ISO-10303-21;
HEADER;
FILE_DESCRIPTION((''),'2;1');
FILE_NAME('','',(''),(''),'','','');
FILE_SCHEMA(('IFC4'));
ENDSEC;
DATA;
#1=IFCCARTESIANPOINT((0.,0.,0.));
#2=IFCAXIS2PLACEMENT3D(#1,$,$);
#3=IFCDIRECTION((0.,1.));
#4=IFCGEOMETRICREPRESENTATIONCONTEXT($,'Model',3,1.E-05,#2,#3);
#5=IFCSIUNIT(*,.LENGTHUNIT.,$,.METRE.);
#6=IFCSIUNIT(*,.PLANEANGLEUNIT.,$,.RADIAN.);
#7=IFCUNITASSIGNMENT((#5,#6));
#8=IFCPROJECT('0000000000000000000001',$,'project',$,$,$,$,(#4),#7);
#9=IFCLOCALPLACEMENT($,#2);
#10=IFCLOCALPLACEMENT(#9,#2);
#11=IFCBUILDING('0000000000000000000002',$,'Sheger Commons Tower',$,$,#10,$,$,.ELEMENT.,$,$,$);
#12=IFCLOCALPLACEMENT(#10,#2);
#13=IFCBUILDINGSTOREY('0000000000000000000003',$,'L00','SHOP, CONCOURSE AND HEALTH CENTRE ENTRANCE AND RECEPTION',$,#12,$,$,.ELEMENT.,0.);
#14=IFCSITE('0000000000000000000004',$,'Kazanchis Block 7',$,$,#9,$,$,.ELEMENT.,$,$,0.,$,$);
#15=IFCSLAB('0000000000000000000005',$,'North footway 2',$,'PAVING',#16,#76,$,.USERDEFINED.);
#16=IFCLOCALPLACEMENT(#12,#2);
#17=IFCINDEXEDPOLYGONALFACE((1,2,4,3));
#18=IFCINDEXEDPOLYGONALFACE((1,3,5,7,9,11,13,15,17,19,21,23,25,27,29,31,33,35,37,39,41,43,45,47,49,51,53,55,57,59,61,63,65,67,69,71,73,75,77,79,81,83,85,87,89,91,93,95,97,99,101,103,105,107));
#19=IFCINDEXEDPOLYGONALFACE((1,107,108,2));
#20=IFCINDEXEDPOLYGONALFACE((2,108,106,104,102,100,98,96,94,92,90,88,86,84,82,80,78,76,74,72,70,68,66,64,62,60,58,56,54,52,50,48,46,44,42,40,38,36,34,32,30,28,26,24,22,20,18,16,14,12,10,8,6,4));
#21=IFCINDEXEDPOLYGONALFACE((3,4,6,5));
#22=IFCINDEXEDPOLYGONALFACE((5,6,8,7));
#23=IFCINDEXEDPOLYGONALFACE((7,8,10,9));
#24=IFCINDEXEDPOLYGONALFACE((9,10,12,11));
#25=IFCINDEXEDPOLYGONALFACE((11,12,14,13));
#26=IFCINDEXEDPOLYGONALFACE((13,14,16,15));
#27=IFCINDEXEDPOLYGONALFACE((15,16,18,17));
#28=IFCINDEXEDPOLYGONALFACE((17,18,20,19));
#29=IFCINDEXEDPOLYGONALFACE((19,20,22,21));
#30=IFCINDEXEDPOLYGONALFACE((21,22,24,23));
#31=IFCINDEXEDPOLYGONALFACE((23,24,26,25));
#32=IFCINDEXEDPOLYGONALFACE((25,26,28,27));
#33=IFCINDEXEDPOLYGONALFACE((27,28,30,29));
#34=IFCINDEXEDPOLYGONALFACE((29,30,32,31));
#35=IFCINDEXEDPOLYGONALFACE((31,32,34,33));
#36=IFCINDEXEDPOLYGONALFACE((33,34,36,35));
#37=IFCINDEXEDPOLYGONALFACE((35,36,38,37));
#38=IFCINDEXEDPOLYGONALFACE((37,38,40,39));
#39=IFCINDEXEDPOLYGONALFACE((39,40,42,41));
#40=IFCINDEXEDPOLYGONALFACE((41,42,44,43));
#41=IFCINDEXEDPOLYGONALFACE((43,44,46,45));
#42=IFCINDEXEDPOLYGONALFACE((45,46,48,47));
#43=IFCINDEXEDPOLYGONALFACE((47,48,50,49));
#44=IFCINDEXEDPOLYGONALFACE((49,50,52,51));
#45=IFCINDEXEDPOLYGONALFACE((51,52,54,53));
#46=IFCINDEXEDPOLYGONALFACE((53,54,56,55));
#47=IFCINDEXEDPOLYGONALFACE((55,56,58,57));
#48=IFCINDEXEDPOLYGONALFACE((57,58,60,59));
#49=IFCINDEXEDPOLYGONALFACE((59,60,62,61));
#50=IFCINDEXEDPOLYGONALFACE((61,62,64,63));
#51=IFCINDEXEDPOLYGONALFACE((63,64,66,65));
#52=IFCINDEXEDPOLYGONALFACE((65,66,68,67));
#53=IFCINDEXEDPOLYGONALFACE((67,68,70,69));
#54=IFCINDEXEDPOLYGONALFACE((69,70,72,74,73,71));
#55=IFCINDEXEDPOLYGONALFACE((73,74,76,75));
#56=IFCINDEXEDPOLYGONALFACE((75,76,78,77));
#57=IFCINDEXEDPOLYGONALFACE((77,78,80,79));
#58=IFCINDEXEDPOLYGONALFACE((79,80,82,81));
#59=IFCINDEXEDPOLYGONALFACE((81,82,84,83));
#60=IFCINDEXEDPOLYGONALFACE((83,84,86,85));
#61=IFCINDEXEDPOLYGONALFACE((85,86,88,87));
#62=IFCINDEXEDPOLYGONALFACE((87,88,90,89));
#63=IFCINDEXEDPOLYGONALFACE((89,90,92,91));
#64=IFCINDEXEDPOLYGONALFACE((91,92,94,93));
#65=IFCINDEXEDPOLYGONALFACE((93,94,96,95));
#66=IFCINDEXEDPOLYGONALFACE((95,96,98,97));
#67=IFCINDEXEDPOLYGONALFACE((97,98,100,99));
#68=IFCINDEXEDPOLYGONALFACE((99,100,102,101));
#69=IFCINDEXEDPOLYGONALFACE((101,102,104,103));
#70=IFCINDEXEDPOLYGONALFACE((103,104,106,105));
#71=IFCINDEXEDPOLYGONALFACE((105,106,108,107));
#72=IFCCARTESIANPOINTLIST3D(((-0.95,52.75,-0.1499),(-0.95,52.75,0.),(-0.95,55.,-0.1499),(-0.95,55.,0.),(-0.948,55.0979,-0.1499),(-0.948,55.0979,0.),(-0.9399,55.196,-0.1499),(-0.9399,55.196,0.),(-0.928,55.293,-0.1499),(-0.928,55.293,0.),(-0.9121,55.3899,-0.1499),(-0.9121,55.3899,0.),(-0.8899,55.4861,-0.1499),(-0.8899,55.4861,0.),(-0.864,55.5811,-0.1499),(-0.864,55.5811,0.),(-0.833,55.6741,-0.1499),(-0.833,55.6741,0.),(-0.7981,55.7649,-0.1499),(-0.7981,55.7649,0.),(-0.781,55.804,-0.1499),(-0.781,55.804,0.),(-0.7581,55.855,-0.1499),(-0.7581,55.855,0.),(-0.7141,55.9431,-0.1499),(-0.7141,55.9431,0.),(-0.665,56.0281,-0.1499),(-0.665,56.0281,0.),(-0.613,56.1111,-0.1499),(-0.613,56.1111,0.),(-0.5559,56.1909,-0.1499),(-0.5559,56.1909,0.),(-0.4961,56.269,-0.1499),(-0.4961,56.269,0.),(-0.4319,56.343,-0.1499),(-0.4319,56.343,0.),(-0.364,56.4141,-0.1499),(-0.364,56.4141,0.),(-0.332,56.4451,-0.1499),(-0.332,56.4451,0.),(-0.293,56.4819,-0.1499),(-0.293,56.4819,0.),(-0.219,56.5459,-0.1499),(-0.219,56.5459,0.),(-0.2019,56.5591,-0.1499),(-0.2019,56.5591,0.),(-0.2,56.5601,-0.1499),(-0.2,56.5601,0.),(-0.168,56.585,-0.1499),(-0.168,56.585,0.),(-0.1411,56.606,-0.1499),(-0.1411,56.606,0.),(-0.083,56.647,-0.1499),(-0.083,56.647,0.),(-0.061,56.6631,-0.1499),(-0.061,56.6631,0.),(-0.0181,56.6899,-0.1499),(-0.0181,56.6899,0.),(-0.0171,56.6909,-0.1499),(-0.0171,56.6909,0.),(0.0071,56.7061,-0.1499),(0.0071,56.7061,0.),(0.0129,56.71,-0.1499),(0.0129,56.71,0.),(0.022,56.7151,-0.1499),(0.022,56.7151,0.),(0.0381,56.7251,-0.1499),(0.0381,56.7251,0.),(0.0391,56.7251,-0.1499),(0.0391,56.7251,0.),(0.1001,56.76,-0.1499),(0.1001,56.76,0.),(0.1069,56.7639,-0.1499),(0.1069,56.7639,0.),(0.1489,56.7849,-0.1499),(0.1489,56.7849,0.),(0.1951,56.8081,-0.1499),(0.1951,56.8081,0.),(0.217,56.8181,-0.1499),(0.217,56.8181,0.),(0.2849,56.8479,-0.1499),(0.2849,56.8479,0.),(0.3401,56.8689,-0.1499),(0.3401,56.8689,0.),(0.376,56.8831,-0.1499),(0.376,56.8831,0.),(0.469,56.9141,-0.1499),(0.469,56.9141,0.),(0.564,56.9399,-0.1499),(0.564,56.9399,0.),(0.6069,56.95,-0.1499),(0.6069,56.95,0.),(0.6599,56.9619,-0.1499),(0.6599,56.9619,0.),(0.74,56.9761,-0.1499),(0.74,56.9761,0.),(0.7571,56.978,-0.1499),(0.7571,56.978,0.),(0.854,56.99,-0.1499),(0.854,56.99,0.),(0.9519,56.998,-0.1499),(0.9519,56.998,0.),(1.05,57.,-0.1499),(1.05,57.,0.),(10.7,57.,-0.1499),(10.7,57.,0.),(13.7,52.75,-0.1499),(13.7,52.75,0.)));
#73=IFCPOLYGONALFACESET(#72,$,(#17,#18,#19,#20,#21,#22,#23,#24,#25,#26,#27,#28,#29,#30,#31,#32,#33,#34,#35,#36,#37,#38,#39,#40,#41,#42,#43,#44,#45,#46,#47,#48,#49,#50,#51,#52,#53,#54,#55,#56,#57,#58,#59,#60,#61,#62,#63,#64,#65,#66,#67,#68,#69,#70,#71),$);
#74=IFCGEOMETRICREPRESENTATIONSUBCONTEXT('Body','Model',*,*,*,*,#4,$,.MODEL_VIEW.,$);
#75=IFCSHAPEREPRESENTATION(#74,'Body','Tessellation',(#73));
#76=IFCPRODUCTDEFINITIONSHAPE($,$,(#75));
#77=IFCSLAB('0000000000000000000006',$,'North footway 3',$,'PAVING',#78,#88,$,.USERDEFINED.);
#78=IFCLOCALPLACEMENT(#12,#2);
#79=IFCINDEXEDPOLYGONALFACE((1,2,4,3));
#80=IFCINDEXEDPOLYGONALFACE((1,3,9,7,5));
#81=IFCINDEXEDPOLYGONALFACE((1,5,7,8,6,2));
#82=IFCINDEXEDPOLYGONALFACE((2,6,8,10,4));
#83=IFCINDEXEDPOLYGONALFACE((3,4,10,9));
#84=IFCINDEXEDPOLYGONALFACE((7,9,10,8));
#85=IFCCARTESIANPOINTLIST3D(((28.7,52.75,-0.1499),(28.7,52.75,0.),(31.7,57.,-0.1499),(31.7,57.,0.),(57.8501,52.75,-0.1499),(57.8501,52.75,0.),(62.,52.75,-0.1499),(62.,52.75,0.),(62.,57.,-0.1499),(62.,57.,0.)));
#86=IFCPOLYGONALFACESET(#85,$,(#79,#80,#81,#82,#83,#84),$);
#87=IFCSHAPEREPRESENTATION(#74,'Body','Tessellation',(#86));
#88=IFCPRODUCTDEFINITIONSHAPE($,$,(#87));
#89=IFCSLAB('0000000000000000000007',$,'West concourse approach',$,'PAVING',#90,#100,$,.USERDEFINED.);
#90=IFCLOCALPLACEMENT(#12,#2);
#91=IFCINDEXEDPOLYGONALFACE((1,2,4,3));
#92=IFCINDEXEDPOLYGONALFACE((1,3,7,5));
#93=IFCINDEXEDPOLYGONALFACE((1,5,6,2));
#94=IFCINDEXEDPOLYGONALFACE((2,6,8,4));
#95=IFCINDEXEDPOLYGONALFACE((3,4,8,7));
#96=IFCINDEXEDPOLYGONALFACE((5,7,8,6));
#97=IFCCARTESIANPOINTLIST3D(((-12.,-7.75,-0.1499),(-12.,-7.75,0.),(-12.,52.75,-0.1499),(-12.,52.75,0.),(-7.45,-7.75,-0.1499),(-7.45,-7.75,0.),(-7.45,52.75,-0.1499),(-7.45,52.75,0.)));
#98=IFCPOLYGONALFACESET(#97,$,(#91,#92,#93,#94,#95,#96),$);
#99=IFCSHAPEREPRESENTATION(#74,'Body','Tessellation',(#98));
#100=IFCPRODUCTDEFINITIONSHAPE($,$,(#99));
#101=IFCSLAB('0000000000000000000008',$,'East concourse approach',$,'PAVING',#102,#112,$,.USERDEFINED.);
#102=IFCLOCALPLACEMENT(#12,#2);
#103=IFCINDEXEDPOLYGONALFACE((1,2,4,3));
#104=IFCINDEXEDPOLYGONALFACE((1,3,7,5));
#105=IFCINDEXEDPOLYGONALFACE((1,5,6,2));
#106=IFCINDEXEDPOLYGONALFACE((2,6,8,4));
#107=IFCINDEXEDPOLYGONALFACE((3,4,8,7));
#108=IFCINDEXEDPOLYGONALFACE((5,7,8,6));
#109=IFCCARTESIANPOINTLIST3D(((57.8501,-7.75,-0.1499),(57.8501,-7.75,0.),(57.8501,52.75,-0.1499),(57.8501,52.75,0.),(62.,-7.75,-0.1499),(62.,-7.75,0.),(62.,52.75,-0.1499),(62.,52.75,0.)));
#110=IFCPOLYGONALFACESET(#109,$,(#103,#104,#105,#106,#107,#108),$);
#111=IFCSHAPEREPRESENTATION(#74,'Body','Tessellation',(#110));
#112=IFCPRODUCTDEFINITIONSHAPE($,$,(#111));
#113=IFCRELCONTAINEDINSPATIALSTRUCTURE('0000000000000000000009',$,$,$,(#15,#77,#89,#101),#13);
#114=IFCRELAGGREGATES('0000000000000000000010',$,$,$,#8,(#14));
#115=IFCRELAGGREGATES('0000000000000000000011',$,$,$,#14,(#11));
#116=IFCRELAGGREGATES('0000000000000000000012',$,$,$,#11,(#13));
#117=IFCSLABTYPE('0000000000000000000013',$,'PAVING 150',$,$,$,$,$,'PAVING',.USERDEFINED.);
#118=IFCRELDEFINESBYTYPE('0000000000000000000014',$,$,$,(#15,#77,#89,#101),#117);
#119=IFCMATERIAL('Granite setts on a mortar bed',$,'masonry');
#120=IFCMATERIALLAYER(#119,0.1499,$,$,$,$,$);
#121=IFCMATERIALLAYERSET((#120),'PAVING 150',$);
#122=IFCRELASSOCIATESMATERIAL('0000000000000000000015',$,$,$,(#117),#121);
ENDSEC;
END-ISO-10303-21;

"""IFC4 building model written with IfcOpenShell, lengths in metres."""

from ifc_helpers import new_model, si_unit, direction, frame, origin, place, context, subcontext, project, spatial, polyline, outline, extrude, material, layer, layer_set, type_object, element, save


model = new_model("IFC4")

# Units and contexts
model_context = context("Model", 3, precision=1e-05, world=origin(), true_north=direction((0.0, 1.0)))
body_context = subcontext(model_context, "Body", "Model", "MODEL_VIEW")
ifc_project = project(units=[si_unit("LENGTHUNIT", "METRE"), si_unit("PLANEANGLEUNIT", "RADIAN")], contexts=[model_context])

# Site, building, storey
site_placement = place(None, origin())
site = spatial("IfcSite", under=ifc_project, at=site_placement, Name="Kazanchis Block 7", CompositionType="ELEMENT", RefElevation=0.0)
building_placement = place(site_placement, origin())
building = spatial("IfcBuilding", under=site, at=building_placement, Name="Sheger Commons Tower", CompositionType="ELEMENT")
storey_placement = place(building_placement, origin())
storey = spatial("IfcBuildingStorey", under=building, at=storey_placement, Name="L00", Description="SHOP, CONCOURSE AND HEALTH CENTRE ENTRANCE AND RECEPTION", CompositionType="ELEMENT", Elevation=0.0)

# Slabs
ifc_material_1 = material(Name="Granite setts on a mortar bed", Category="masonry")
ifc_layer_1 = layer(ifc_material_1, 0.1499)
ifc_layer_set_1 = layer_set([ifc_layer_1], Name="PAVING 150")
slab_type_1 = type_object("IfcSlabType", Name="PAVING 150", ElementType="PAVING", PredefinedType="USERDEFINED", material=ifc_layer_set_1)
slab_1_placement = place(storey_placement, frame((0.0, 0.0, -0.1499)))
element("IfcSlab", 1, at=slab_1_placement, inside=storey, type_object=slab_type_1, Name="North footway 2", ObjectType="PAVING", PredefinedType="USERDEFINED", context=body_context, shape_type="SweptSolid", body=[
    extrude(outline(polyline([(-0.95, 52.75), (13.7, 52.75), (10.7, 57.0), (1.05, 57.0), (0.9519, 56.998), (0.854, 56.99), (0.7571, 56.978), (0.74, 56.9761), (0.6599, 56.9619), (0.6069, 56.95), (0.564, 56.9399), (0.469, 56.9141), (0.376, 56.8831), (0.3401, 56.8689), (0.2849, 56.8479), (0.217, 56.8181), (0.1951, 56.8081), (0.1489, 56.7849), (0.1069, 56.7639), (0.1001, 56.76), (0.0391, 56.7251), (0.0381, 56.7251), (0.022, 56.7151), (0.0129, 56.71), (0.0071, 56.7061), (-0.0171, 56.6909), (-0.0181, 56.6899), (-0.061, 56.6631), (-0.083, 56.647), (-0.1411, 56.606), (-0.168, 56.585), (-0.2, 56.5601), (-0.2019, 56.5591), (-0.219, 56.5459), (-0.293, 56.4819), (-0.332, 56.4451), (-0.364, 56.4141), (-0.4319, 56.343), (-0.4961, 56.269), (-0.5559, 56.1909), (-0.613, 56.1111), (-0.665, 56.0281), (-0.7141, 55.9431), (-0.7581, 55.855), (-0.781, 55.804), (-0.7981, 55.7649), (-0.833, 55.6741), (-0.864, 55.5811), (-0.8899, 55.4861), (-0.9121, 55.3899), (-0.928, 55.293), (-0.9399, 55.196), (-0.948, 55.0979), (-0.95, 55.0), (-0.95, 52.75)])), origin(), (0.0, 0.0, 1.0), 0.1499),
])
slab_2_placement = place(storey_placement, frame((0.0, 0.0, -0.1499)))
element("IfcSlab", 2, at=slab_2_placement, inside=storey, type_object=slab_type_1, Name="North footway 3", ObjectType="PAVING", PredefinedType="USERDEFINED", context=body_context, shape_type="SweptSolid", body=[
    extrude(outline(polyline([(28.7, 52.75), (57.8501, 52.75), (62.0, 52.75), (62.0, 57.0), (31.7, 57.0), (28.7, 52.75)])), origin(), (0.0, 0.0, 1.0), 0.1499),
])
slab_3_placement = place(storey_placement, frame((0.0, 0.0, -0.1499)))
element("IfcSlab", 3, at=slab_3_placement, inside=storey, type_object=slab_type_1, Name="West concourse approach", ObjectType="PAVING", PredefinedType="USERDEFINED", context=body_context, shape_type="SweptSolid", body=[
    extrude(outline(polyline([(-12.0, -7.75), (-7.45, -7.75), (-7.45, 52.75), (-12.0, 52.75), (-12.0, -7.75)])), origin(), (0.0, 0.0, 1.0), 0.1499),
])
slab_4_placement = place(storey_placement, frame((0.0, 0.0, -0.1499)))
element("IfcSlab", 4, at=slab_4_placement, inside=storey, type_object=slab_type_1, Name="East concourse approach", ObjectType="PAVING", PredefinedType="USERDEFINED", context=body_context, shape_type="SweptSolid", body=[
    extrude(outline(polyline([(57.8501, -7.75), (62.0, -7.75), (62.0, 52.75), (57.8501, 52.75), (57.8501, -7.75)])), origin(), (0.0, 0.0, 1.0), 0.1499),
])

save(model, "model.ifc")
